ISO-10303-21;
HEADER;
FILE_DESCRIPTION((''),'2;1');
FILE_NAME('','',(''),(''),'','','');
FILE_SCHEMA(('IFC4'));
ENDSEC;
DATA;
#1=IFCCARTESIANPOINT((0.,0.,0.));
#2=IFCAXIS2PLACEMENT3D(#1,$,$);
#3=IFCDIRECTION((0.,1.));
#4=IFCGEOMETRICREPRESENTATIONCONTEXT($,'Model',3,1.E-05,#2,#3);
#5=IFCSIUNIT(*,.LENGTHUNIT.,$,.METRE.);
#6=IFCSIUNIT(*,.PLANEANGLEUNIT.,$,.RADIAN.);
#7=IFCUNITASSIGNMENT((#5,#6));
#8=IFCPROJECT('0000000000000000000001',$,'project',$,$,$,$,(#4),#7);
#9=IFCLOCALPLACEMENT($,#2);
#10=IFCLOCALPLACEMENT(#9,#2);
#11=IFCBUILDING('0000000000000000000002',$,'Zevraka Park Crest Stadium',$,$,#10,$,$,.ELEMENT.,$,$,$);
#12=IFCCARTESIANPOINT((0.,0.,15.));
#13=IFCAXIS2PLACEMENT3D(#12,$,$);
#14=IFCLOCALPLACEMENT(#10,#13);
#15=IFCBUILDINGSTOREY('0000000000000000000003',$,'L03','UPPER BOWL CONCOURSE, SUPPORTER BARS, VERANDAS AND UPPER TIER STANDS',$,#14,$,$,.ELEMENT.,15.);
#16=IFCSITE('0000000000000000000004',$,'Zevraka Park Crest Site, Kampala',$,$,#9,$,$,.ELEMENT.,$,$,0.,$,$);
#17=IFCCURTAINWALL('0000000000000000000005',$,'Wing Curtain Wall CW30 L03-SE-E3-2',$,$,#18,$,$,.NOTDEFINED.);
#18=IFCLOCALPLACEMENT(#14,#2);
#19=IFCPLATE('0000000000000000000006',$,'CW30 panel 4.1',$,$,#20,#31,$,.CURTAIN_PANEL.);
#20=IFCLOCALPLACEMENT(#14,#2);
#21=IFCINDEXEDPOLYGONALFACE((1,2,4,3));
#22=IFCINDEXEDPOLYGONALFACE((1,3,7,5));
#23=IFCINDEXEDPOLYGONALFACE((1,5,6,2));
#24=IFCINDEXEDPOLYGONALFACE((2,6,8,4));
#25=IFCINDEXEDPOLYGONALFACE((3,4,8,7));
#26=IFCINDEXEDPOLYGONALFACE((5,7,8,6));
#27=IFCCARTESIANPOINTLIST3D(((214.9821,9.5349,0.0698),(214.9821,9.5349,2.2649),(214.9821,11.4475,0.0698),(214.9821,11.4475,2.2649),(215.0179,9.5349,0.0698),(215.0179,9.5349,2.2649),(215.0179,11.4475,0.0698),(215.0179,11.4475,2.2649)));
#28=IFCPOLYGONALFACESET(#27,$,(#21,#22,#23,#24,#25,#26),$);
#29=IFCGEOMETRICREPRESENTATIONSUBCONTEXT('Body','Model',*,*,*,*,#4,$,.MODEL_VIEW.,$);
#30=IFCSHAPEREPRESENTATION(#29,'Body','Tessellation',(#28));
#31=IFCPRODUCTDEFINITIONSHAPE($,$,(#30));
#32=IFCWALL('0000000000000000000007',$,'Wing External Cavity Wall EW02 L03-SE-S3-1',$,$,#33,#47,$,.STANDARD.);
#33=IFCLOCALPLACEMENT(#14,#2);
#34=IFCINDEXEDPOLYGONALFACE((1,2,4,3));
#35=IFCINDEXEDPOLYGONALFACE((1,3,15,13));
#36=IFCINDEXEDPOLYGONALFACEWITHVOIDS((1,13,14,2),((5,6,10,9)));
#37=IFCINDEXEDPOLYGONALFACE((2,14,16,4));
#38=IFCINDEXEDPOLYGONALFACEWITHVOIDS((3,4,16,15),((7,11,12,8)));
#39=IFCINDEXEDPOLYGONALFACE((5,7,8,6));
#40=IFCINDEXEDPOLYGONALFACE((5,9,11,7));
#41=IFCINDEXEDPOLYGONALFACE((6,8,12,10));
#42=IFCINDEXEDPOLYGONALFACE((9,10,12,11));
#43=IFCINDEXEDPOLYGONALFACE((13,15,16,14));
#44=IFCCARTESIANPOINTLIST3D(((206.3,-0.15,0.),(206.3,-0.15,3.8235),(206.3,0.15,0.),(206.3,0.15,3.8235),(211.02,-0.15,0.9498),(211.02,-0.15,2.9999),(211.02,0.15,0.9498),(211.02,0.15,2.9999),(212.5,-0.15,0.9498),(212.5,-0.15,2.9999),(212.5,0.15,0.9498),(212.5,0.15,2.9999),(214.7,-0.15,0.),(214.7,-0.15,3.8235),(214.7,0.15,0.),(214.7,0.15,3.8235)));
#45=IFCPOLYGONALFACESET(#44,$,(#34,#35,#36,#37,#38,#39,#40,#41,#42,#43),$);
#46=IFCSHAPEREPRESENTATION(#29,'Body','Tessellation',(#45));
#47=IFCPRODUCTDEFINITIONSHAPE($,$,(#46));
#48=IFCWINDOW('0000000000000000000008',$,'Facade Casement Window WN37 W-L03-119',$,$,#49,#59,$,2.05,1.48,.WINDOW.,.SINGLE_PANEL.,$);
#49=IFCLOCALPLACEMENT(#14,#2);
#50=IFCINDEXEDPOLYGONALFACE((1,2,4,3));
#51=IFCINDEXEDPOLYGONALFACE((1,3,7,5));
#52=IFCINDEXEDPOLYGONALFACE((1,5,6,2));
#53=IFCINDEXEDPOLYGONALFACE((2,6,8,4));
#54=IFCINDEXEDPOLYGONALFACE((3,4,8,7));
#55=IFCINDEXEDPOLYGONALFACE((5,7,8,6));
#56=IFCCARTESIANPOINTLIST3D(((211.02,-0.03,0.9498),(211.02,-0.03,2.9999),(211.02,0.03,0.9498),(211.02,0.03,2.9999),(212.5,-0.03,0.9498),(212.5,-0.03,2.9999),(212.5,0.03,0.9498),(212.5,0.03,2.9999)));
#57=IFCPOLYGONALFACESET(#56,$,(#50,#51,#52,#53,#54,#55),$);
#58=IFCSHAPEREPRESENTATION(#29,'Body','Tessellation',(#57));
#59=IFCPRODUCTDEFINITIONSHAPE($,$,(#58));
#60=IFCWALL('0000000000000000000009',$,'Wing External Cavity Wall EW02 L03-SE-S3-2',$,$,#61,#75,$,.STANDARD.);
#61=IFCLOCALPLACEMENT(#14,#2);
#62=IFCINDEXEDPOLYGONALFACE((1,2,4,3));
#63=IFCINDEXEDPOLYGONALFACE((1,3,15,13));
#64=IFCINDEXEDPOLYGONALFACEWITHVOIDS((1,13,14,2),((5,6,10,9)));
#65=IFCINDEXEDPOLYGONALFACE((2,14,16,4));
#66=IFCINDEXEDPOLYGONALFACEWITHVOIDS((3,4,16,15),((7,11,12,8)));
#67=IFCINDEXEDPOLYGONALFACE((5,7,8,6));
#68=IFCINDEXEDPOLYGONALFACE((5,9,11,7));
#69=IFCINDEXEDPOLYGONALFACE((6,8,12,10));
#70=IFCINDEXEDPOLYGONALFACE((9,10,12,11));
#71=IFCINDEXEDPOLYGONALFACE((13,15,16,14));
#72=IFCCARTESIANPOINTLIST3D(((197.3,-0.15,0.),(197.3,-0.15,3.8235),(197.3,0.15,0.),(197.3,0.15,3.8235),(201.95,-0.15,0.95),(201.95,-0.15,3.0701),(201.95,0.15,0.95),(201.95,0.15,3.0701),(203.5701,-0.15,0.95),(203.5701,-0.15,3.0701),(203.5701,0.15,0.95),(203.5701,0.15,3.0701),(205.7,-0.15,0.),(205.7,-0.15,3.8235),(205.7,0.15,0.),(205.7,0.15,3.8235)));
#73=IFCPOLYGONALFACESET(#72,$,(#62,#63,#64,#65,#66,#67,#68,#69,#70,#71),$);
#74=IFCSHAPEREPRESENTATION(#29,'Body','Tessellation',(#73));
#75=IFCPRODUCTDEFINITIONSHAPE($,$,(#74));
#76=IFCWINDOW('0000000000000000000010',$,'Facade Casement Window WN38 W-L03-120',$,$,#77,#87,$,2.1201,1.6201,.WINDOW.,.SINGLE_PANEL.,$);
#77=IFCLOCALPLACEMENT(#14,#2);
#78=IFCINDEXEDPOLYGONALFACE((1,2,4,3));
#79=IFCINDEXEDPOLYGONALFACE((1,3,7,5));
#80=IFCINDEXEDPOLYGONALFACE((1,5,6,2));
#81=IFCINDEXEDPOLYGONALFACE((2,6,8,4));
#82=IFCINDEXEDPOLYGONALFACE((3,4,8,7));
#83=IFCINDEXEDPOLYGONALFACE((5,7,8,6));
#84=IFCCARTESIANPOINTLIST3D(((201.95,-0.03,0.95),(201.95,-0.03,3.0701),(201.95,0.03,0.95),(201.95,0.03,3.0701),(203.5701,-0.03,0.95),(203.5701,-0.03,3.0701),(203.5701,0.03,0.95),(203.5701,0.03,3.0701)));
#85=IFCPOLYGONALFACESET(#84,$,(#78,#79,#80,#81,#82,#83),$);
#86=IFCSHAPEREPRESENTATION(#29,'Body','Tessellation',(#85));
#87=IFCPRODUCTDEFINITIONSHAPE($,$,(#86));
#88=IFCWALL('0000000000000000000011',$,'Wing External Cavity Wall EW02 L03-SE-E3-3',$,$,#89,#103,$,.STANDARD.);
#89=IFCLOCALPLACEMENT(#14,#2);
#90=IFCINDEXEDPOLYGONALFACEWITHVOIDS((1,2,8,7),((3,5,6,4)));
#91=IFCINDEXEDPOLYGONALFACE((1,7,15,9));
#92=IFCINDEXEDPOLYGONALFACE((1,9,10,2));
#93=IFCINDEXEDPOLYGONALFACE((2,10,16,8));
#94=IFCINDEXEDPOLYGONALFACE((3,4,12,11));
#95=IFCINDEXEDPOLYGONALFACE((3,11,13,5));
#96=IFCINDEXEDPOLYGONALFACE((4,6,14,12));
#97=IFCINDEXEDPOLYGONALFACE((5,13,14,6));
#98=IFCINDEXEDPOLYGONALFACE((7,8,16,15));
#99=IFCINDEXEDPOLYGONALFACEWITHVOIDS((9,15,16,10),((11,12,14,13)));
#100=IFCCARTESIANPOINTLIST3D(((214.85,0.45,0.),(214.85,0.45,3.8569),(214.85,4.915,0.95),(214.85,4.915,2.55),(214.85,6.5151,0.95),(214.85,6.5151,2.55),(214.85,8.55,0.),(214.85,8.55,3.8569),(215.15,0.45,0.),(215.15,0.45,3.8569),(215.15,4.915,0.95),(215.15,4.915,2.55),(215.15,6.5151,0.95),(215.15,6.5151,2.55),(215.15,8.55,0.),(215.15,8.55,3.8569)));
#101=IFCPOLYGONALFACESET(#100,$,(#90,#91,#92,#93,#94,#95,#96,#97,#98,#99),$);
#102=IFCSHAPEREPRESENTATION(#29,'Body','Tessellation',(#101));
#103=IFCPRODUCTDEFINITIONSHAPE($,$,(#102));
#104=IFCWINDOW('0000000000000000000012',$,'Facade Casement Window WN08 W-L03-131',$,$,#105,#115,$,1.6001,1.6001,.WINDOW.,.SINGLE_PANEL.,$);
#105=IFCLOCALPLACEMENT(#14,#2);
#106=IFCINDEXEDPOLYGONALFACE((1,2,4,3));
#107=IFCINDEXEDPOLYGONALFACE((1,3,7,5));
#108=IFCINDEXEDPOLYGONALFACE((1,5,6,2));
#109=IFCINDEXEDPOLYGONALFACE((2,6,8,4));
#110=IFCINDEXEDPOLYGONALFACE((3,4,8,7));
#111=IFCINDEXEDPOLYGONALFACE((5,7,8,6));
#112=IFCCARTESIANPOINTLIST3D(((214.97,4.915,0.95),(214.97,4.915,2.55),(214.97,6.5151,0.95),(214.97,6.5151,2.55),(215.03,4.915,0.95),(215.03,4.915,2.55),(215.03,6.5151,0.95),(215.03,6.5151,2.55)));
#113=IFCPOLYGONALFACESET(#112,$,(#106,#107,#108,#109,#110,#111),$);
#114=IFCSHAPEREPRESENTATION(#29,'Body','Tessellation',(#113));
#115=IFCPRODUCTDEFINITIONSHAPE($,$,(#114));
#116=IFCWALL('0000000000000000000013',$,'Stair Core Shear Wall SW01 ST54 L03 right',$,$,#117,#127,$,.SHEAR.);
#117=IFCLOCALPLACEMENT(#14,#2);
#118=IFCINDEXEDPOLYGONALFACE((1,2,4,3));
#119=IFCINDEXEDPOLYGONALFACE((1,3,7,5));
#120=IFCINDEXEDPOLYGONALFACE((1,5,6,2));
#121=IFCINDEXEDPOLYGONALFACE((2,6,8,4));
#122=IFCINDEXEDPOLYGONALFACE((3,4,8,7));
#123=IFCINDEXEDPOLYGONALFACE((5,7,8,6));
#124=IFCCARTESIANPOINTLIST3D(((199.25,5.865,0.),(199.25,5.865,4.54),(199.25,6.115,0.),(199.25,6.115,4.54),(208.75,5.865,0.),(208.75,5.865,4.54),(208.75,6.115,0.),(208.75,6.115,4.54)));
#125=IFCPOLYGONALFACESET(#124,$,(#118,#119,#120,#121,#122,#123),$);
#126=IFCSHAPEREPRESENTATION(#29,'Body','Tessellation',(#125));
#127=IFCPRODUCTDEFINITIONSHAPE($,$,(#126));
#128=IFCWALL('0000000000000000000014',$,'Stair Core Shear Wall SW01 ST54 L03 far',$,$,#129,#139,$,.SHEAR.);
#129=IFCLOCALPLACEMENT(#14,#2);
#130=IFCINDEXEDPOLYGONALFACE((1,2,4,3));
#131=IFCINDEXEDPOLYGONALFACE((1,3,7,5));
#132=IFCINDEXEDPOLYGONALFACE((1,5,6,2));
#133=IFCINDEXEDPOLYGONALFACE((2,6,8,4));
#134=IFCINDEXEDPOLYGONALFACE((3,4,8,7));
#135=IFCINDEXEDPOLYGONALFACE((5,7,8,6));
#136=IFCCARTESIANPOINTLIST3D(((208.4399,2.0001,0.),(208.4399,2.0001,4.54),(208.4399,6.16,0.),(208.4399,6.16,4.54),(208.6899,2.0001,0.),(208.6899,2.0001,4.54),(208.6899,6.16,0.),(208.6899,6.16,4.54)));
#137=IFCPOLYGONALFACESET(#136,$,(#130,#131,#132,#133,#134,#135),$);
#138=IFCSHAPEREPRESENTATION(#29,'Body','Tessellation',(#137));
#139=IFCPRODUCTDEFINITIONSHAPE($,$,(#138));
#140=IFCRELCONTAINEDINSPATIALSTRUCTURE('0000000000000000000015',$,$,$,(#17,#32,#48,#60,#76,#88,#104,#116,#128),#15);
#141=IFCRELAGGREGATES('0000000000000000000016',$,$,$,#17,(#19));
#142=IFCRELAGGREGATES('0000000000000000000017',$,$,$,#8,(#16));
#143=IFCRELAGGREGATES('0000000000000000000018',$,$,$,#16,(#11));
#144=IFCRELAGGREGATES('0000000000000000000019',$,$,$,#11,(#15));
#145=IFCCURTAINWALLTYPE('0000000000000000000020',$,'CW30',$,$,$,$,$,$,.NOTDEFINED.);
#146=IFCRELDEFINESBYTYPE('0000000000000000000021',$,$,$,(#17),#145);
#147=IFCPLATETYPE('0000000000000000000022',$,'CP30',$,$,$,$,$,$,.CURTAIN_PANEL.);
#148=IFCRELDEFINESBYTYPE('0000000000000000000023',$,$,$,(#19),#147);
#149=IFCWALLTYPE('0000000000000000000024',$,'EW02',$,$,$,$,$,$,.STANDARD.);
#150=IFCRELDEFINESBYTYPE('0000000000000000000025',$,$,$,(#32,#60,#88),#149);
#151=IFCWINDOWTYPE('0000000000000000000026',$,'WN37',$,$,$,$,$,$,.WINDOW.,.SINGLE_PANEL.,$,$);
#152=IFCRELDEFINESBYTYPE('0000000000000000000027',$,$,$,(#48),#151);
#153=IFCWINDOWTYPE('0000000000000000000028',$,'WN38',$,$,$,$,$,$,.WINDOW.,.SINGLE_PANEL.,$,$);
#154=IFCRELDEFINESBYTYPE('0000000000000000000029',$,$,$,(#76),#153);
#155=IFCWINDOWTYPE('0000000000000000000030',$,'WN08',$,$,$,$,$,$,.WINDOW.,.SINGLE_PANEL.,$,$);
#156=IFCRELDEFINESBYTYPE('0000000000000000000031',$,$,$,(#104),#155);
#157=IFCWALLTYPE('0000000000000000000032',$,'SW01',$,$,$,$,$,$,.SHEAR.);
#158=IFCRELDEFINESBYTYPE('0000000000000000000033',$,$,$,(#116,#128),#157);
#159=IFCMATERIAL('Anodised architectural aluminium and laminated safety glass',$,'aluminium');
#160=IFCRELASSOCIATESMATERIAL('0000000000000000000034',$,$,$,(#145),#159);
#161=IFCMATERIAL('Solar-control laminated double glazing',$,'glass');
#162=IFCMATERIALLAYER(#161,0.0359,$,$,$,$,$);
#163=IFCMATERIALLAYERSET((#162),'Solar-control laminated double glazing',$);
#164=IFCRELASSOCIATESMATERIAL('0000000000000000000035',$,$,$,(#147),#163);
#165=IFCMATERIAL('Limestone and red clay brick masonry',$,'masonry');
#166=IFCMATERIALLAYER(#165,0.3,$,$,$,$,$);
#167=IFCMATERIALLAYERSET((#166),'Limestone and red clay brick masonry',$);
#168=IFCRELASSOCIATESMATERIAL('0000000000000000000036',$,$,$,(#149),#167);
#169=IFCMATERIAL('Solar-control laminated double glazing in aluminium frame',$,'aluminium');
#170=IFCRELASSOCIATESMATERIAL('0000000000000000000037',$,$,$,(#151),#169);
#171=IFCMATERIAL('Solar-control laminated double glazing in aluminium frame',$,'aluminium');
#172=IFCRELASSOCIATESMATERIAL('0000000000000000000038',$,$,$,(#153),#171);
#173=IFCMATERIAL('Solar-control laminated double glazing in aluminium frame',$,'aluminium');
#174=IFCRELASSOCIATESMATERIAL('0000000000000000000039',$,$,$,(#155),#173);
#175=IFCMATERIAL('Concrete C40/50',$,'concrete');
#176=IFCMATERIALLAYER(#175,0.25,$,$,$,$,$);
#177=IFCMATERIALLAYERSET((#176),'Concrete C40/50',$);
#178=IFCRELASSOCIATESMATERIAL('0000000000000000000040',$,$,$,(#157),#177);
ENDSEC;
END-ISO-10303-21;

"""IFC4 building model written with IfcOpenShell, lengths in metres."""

from ifc_helpers import new_model, si_unit, direction, frame, frame_2d, origin, origin_2d, place, context, subcontext, project, spatial, rectangle, extrude, material, layer, layer_set, type_object, element, fill, aggregate, save


model = new_model("IFC4")

# Units and contexts
model_context = context("Model", 3, precision=1e-05, world=origin(), true_north=direction((0.0, 1.0)))
body_context = subcontext(model_context, "Body", "Model", "MODEL_VIEW")
ifc_project = project(units=[si_unit("LENGTHUNIT", "METRE"), si_unit("PLANEANGLEUNIT", "RADIAN")], contexts=[model_context])

# Site, building, storey
site_placement = place(None, origin())
site = spatial("IfcSite", under=ifc_project, at=site_placement, Name="Zevraka Park Crest Site, Kampala", CompositionType="ELEMENT", RefElevation=0.0)
building_placement = place(site_placement, origin())
building = spatial("IfcBuilding", under=site, at=building_placement, Name="Zevraka Park Crest Stadium", CompositionType="ELEMENT")
storey_placement = place(building_placement, frame((0.0, 0.0, 15.0)))
storey = spatial("IfcBuildingStorey", under=building, at=storey_placement, Name="L03", Description="UPPER BOWL CONCOURSE, SUPPORTER BARS, VERANDAS AND UPPER TIER STANDS", CompositionType="ELEMENT", Elevation=15.0)

# Curtain wall
ifc_material_1 = material(Name="Anodised architectural aluminium and laminated safety glass", Category="aluminium")
curtain_wall_type = type_object("IfcCurtainWallType", Name="CW30", PredefinedType="NOTDEFINED", material=ifc_material_1)
curtain_wall_placement = place(storey_placement, origin())
curtain_wall = element("IfcCurtainWall", 1, at=curtain_wall_placement, inside=storey, type_object=curtain_wall_type, Name="Wing Curtain Wall CW30 L03-SE-E3-2", PredefinedType="NOTDEFINED")

# Plate
ifc_material_2 = material(Name="Solar-control laminated double glazing", Category="glass")
ifc_layer_1 = layer(ifc_material_2, 0.0359)
ifc_layer_set_1 = layer_set([ifc_layer_1], Name="Solar-control laminated double glazing")
plate_type = type_object("IfcPlateType", Name="CP30", PredefinedType="CURTAIN_PANEL", material=ifc_layer_set_1)
plate_placement = place(storey_placement, frame((215.0, 10.4912, 0.0698), z_axis=(0.0, 0.0, 1.0), x_axis=(0.0, -1.0, 0.0)))
plate = element("IfcPlate", 2, at=plate_placement, type_object=plate_type, Name="CW30 panel 4.1", PredefinedType="CURTAIN_PANEL", context=body_context, shape_type="SweptSolid", body=[
    extrude(rectangle(XDim=1.9126, YDim=0.0359, at=origin_2d()), origin(), (0.0, 0.0, 1.0), 2.1951),
])
aggregate(curtain_wall, [plate])

# Walls, openings, windows
ifc_material_3 = material(Name="Limestone and red clay brick masonry", Category="masonry")
ifc_layer_2 = layer(ifc_material_3, 0.3)
ifc_layer_set_2 = layer_set([ifc_layer_2], Name="Limestone and red clay brick masonry")
wall_type_1 = type_object("IfcWallType", Name="EW02", PredefinedType="STANDARD", material=ifc_layer_set_2)
wall_1_placement = place(storey_placement, frame((214.7, 0.0, 0.0), z_axis=(0.0, 0.0, 1.0), x_axis=(-1.0, 0.0, 0.0)))
wall_1 = element("IfcWall", 3, at=wall_1_placement, inside=storey, type_object=wall_type_1, Name="Wing External Cavity Wall EW02 L03-SE-S3-1", PredefinedType="STANDARD", context=body_context, shape_type="SweptSolid", body=[
    extrude(rectangle(XDim=8.3999, YDim=0.3, at=frame_2d((4.2, 0.0))), origin(), (0.0, 0.0, 1.0), 3.8235),
])
opening_1_placement = place(wall_1_placement, frame((2.2, 0.0, 0.95)))
opening_1 = element("IfcOpeningElement", 4, at=opening_1_placement, cuts=wall_1, PredefinedType="OPENING", context=body_context, shape_type="SweptSolid", body=[
    extrude(rectangle(XDim=1.48, YDim=2.05, at=frame_2d((0.74, 1.0249))), frame((0.0, 0.1599, 0.0), z_axis=(0.0, -1.0, 0.0), x_axis=(1.0, 0.0, 0.0)), (0.0, 0.0, 1.0), 0.3201),
])
ifc_material_4 = material(Name="Solar-control laminated double glazing in aluminium frame", Category="aluminium")
window_type_1 = type_object("IfcWindowType", Name="WN37", PartitioningType="SINGLE_PANEL", PredefinedType="WINDOW", material=ifc_material_4)
window_1_placement = place(opening_1_placement, origin())
window_1 = element("IfcWindow", 5, at=window_1_placement, inside=storey, type_object=window_type_1, Name="Facade Casement Window WN37 W-L03-119", OverallHeight=2.05, OverallWidth=1.48, PartitioningType="SINGLE_PANEL", PredefinedType="WINDOW", context=body_context, shape_type="SweptSolid", body=[
    extrude(rectangle(XDim=1.48, YDim=2.05, at=frame_2d((0.74, 1.0249))), frame((0.0, 0.03, 0.0), z_axis=(0.0, -1.0, 0.0), x_axis=(1.0, 0.0, 0.0)), (0.0, 0.0, 1.0), 0.0601),
])
fill(opening_1, window_1)
wall_2_placement = place(storey_placement, frame((205.7, 0.0, 0.0), z_axis=(0.0, 0.0, 1.0), x_axis=(-1.0, 0.0, 0.0)))
wall_2 = element("IfcWall", 6, at=wall_2_placement, inside=storey, type_object=wall_type_1, Name="Wing External Cavity Wall EW02 L03-SE-S3-2", PredefinedType="STANDARD", context=body_context, shape_type="SweptSolid", body=[
    extrude(rectangle(XDim=8.3999, YDim=0.3, at=frame_2d((4.2, 0.0))), origin(), (0.0, 0.0, 1.0), 3.8235),
])
opening_2_placement = place(wall_2_placement, frame((2.1299, 0.0, 0.95)))
opening_2 = element("IfcOpeningElement", 7, at=opening_2_placement, cuts=wall_2, PredefinedType="OPENING", context=body_context, shape_type="SweptSolid", body=[
    extrude(rectangle(XDim=1.6201, YDim=2.1201, at=frame_2d((0.8101, 1.0601))), frame((0.0, 0.1599, 0.0), z_axis=(0.0, -1.0, 0.0), x_axis=(1.0, 0.0, 0.0)), (0.0, 0.0, 1.0), 0.3201),
])
ifc_material_5 = material(Name="Solar-control laminated double glazing in aluminium frame", Category="aluminium")
window_type_2 = type_object("IfcWindowType", Name="WN38", PartitioningType="SINGLE_PANEL", PredefinedType="WINDOW", material=ifc_material_5)
window_2_placement = place(opening_2_placement, origin())
window_2 = element("IfcWindow", 8, at=window_2_placement, inside=storey, type_object=window_type_2, Name="Facade Casement Window WN38 W-L03-120", OverallHeight=2.1201, OverallWidth=1.6201, PartitioningType="SINGLE_PANEL", PredefinedType="WINDOW", context=body_context, shape_type="SweptSolid", body=[
    extrude(rectangle(XDim=1.6201, YDim=2.1201, at=frame_2d((0.8101, 1.0601))), frame((0.0, 0.03, 0.0), z_axis=(0.0, -1.0, 0.0), x_axis=(1.0, 0.0, 0.0)), (0.0, 0.0, 1.0), 0.0601),
])
fill(opening_2, window_2)
wall_3_placement = place(storey_placement, frame((215.0, 8.55, 0.0), z_axis=(0.0, 0.0, 1.0), x_axis=(0.0, -1.0, 0.0)))
wall_3 = element("IfcWall", 9, at=wall_3_placement, inside=storey, type_object=wall_type_1, Name="Wing External Cavity Wall EW02 L03-SE-E3-3", PredefinedType="STANDARD", context=body_context, shape_type="SweptSolid", body=[
    extrude(rectangle(XDim=8.1001, YDim=0.3, at=frame_2d((4.05, 0.0))), origin(), (0.0, 0.0, 1.0), 3.8569),
])
opening_3_placement = place(wall_3_placement, frame((2.0349, 0.0, 0.95)))
opening_3 = element("IfcOpeningElement", 10, at=opening_3_placement, cuts=wall_3, PredefinedType="OPENING", context=body_context, shape_type="SweptSolid", body=[
    extrude(rectangle(XDim=1.6001, YDim=1.6001, at=frame_2d((0.8, 0.8))), frame((0.0, 0.1599, 0.0), z_axis=(0.0, -1.0, 0.0), x_axis=(1.0, 0.0, 0.0)), (0.0, 0.0, 1.0), 0.3201),
])
ifc_material_6 = material(Name="Solar-control laminated double glazing in aluminium frame", Category="aluminium")
window_type_3 = type_object("IfcWindowType", Name="WN08", PartitioningType="SINGLE_PANEL", PredefinedType="WINDOW", material=ifc_material_6)
window_3_placement = place(opening_3_placement, origin())
window_3 = element("IfcWindow", 11, at=window_3_placement, inside=storey, type_object=window_type_3, Name="Facade Casement Window WN08 W-L03-131", OverallHeight=1.6001, OverallWidth=1.6001, PartitioningType="SINGLE_PANEL", PredefinedType="WINDOW", context=body_context, shape_type="SweptSolid", body=[
    extrude(rectangle(XDim=1.6001, YDim=1.6001, at=frame_2d((0.8, 0.8))), frame((0.0, 0.03, 0.0), z_axis=(0.0, -1.0, 0.0), x_axis=(1.0, 0.0, 0.0)), (0.0, 0.0, 1.0), 0.0601),
])
fill(opening_3, window_3)

# Walls
ifc_material_7 = material(Name="Concrete C40/50", Category="concrete")
ifc_layer_3 = layer(ifc_material_7, 0.25)
ifc_layer_set_3 = layer_set([ifc_layer_3], Name="Concrete C40/50")
wall_type_2 = type_object("IfcWallType", Name="SW01", PredefinedType="SHEAR", material=ifc_layer_set_3)
wall_4_placement = place(storey_placement, frame((208.75, 5.99, 0.0), z_axis=(0.0, 0.0, 1.0), x_axis=(-1.0, 0.0, 0.0)))
element("IfcWall", 12, at=wall_4_placement, inside=storey, type_object=wall_type_2, Name="Stair Core Shear Wall SW01 ST54 L03 right", PredefinedType="SHEAR", context=body_context, shape_type="SweptSolid", body=[
    extrude(rectangle(XDim=9.5, YDim=0.25, at=frame_2d((4.75, 0.0))), origin(), (0.0, 0.0, 1.0), 4.54),
])
wall_5_placement = place(storey_placement, frame((208.5649, 2.0, 0.0), z_axis=(0.0, 0.0, 1.0), x_axis=(0.0, 1.0, 0.0)))
element("IfcWall", 13, at=wall_5_placement, inside=storey, type_object=wall_type_2, Name="Stair Core Shear Wall SW01 ST54 L03 far", PredefinedType="SHEAR", context=body_context, shape_type="SweptSolid", body=[
    extrude(rectangle(XDim=4.1599, YDim=0.25, at=frame_2d((2.0801, 0.0))), origin(), (0.0, 0.0, 1.0), 4.54),
])

save(model, "model.ifc")
